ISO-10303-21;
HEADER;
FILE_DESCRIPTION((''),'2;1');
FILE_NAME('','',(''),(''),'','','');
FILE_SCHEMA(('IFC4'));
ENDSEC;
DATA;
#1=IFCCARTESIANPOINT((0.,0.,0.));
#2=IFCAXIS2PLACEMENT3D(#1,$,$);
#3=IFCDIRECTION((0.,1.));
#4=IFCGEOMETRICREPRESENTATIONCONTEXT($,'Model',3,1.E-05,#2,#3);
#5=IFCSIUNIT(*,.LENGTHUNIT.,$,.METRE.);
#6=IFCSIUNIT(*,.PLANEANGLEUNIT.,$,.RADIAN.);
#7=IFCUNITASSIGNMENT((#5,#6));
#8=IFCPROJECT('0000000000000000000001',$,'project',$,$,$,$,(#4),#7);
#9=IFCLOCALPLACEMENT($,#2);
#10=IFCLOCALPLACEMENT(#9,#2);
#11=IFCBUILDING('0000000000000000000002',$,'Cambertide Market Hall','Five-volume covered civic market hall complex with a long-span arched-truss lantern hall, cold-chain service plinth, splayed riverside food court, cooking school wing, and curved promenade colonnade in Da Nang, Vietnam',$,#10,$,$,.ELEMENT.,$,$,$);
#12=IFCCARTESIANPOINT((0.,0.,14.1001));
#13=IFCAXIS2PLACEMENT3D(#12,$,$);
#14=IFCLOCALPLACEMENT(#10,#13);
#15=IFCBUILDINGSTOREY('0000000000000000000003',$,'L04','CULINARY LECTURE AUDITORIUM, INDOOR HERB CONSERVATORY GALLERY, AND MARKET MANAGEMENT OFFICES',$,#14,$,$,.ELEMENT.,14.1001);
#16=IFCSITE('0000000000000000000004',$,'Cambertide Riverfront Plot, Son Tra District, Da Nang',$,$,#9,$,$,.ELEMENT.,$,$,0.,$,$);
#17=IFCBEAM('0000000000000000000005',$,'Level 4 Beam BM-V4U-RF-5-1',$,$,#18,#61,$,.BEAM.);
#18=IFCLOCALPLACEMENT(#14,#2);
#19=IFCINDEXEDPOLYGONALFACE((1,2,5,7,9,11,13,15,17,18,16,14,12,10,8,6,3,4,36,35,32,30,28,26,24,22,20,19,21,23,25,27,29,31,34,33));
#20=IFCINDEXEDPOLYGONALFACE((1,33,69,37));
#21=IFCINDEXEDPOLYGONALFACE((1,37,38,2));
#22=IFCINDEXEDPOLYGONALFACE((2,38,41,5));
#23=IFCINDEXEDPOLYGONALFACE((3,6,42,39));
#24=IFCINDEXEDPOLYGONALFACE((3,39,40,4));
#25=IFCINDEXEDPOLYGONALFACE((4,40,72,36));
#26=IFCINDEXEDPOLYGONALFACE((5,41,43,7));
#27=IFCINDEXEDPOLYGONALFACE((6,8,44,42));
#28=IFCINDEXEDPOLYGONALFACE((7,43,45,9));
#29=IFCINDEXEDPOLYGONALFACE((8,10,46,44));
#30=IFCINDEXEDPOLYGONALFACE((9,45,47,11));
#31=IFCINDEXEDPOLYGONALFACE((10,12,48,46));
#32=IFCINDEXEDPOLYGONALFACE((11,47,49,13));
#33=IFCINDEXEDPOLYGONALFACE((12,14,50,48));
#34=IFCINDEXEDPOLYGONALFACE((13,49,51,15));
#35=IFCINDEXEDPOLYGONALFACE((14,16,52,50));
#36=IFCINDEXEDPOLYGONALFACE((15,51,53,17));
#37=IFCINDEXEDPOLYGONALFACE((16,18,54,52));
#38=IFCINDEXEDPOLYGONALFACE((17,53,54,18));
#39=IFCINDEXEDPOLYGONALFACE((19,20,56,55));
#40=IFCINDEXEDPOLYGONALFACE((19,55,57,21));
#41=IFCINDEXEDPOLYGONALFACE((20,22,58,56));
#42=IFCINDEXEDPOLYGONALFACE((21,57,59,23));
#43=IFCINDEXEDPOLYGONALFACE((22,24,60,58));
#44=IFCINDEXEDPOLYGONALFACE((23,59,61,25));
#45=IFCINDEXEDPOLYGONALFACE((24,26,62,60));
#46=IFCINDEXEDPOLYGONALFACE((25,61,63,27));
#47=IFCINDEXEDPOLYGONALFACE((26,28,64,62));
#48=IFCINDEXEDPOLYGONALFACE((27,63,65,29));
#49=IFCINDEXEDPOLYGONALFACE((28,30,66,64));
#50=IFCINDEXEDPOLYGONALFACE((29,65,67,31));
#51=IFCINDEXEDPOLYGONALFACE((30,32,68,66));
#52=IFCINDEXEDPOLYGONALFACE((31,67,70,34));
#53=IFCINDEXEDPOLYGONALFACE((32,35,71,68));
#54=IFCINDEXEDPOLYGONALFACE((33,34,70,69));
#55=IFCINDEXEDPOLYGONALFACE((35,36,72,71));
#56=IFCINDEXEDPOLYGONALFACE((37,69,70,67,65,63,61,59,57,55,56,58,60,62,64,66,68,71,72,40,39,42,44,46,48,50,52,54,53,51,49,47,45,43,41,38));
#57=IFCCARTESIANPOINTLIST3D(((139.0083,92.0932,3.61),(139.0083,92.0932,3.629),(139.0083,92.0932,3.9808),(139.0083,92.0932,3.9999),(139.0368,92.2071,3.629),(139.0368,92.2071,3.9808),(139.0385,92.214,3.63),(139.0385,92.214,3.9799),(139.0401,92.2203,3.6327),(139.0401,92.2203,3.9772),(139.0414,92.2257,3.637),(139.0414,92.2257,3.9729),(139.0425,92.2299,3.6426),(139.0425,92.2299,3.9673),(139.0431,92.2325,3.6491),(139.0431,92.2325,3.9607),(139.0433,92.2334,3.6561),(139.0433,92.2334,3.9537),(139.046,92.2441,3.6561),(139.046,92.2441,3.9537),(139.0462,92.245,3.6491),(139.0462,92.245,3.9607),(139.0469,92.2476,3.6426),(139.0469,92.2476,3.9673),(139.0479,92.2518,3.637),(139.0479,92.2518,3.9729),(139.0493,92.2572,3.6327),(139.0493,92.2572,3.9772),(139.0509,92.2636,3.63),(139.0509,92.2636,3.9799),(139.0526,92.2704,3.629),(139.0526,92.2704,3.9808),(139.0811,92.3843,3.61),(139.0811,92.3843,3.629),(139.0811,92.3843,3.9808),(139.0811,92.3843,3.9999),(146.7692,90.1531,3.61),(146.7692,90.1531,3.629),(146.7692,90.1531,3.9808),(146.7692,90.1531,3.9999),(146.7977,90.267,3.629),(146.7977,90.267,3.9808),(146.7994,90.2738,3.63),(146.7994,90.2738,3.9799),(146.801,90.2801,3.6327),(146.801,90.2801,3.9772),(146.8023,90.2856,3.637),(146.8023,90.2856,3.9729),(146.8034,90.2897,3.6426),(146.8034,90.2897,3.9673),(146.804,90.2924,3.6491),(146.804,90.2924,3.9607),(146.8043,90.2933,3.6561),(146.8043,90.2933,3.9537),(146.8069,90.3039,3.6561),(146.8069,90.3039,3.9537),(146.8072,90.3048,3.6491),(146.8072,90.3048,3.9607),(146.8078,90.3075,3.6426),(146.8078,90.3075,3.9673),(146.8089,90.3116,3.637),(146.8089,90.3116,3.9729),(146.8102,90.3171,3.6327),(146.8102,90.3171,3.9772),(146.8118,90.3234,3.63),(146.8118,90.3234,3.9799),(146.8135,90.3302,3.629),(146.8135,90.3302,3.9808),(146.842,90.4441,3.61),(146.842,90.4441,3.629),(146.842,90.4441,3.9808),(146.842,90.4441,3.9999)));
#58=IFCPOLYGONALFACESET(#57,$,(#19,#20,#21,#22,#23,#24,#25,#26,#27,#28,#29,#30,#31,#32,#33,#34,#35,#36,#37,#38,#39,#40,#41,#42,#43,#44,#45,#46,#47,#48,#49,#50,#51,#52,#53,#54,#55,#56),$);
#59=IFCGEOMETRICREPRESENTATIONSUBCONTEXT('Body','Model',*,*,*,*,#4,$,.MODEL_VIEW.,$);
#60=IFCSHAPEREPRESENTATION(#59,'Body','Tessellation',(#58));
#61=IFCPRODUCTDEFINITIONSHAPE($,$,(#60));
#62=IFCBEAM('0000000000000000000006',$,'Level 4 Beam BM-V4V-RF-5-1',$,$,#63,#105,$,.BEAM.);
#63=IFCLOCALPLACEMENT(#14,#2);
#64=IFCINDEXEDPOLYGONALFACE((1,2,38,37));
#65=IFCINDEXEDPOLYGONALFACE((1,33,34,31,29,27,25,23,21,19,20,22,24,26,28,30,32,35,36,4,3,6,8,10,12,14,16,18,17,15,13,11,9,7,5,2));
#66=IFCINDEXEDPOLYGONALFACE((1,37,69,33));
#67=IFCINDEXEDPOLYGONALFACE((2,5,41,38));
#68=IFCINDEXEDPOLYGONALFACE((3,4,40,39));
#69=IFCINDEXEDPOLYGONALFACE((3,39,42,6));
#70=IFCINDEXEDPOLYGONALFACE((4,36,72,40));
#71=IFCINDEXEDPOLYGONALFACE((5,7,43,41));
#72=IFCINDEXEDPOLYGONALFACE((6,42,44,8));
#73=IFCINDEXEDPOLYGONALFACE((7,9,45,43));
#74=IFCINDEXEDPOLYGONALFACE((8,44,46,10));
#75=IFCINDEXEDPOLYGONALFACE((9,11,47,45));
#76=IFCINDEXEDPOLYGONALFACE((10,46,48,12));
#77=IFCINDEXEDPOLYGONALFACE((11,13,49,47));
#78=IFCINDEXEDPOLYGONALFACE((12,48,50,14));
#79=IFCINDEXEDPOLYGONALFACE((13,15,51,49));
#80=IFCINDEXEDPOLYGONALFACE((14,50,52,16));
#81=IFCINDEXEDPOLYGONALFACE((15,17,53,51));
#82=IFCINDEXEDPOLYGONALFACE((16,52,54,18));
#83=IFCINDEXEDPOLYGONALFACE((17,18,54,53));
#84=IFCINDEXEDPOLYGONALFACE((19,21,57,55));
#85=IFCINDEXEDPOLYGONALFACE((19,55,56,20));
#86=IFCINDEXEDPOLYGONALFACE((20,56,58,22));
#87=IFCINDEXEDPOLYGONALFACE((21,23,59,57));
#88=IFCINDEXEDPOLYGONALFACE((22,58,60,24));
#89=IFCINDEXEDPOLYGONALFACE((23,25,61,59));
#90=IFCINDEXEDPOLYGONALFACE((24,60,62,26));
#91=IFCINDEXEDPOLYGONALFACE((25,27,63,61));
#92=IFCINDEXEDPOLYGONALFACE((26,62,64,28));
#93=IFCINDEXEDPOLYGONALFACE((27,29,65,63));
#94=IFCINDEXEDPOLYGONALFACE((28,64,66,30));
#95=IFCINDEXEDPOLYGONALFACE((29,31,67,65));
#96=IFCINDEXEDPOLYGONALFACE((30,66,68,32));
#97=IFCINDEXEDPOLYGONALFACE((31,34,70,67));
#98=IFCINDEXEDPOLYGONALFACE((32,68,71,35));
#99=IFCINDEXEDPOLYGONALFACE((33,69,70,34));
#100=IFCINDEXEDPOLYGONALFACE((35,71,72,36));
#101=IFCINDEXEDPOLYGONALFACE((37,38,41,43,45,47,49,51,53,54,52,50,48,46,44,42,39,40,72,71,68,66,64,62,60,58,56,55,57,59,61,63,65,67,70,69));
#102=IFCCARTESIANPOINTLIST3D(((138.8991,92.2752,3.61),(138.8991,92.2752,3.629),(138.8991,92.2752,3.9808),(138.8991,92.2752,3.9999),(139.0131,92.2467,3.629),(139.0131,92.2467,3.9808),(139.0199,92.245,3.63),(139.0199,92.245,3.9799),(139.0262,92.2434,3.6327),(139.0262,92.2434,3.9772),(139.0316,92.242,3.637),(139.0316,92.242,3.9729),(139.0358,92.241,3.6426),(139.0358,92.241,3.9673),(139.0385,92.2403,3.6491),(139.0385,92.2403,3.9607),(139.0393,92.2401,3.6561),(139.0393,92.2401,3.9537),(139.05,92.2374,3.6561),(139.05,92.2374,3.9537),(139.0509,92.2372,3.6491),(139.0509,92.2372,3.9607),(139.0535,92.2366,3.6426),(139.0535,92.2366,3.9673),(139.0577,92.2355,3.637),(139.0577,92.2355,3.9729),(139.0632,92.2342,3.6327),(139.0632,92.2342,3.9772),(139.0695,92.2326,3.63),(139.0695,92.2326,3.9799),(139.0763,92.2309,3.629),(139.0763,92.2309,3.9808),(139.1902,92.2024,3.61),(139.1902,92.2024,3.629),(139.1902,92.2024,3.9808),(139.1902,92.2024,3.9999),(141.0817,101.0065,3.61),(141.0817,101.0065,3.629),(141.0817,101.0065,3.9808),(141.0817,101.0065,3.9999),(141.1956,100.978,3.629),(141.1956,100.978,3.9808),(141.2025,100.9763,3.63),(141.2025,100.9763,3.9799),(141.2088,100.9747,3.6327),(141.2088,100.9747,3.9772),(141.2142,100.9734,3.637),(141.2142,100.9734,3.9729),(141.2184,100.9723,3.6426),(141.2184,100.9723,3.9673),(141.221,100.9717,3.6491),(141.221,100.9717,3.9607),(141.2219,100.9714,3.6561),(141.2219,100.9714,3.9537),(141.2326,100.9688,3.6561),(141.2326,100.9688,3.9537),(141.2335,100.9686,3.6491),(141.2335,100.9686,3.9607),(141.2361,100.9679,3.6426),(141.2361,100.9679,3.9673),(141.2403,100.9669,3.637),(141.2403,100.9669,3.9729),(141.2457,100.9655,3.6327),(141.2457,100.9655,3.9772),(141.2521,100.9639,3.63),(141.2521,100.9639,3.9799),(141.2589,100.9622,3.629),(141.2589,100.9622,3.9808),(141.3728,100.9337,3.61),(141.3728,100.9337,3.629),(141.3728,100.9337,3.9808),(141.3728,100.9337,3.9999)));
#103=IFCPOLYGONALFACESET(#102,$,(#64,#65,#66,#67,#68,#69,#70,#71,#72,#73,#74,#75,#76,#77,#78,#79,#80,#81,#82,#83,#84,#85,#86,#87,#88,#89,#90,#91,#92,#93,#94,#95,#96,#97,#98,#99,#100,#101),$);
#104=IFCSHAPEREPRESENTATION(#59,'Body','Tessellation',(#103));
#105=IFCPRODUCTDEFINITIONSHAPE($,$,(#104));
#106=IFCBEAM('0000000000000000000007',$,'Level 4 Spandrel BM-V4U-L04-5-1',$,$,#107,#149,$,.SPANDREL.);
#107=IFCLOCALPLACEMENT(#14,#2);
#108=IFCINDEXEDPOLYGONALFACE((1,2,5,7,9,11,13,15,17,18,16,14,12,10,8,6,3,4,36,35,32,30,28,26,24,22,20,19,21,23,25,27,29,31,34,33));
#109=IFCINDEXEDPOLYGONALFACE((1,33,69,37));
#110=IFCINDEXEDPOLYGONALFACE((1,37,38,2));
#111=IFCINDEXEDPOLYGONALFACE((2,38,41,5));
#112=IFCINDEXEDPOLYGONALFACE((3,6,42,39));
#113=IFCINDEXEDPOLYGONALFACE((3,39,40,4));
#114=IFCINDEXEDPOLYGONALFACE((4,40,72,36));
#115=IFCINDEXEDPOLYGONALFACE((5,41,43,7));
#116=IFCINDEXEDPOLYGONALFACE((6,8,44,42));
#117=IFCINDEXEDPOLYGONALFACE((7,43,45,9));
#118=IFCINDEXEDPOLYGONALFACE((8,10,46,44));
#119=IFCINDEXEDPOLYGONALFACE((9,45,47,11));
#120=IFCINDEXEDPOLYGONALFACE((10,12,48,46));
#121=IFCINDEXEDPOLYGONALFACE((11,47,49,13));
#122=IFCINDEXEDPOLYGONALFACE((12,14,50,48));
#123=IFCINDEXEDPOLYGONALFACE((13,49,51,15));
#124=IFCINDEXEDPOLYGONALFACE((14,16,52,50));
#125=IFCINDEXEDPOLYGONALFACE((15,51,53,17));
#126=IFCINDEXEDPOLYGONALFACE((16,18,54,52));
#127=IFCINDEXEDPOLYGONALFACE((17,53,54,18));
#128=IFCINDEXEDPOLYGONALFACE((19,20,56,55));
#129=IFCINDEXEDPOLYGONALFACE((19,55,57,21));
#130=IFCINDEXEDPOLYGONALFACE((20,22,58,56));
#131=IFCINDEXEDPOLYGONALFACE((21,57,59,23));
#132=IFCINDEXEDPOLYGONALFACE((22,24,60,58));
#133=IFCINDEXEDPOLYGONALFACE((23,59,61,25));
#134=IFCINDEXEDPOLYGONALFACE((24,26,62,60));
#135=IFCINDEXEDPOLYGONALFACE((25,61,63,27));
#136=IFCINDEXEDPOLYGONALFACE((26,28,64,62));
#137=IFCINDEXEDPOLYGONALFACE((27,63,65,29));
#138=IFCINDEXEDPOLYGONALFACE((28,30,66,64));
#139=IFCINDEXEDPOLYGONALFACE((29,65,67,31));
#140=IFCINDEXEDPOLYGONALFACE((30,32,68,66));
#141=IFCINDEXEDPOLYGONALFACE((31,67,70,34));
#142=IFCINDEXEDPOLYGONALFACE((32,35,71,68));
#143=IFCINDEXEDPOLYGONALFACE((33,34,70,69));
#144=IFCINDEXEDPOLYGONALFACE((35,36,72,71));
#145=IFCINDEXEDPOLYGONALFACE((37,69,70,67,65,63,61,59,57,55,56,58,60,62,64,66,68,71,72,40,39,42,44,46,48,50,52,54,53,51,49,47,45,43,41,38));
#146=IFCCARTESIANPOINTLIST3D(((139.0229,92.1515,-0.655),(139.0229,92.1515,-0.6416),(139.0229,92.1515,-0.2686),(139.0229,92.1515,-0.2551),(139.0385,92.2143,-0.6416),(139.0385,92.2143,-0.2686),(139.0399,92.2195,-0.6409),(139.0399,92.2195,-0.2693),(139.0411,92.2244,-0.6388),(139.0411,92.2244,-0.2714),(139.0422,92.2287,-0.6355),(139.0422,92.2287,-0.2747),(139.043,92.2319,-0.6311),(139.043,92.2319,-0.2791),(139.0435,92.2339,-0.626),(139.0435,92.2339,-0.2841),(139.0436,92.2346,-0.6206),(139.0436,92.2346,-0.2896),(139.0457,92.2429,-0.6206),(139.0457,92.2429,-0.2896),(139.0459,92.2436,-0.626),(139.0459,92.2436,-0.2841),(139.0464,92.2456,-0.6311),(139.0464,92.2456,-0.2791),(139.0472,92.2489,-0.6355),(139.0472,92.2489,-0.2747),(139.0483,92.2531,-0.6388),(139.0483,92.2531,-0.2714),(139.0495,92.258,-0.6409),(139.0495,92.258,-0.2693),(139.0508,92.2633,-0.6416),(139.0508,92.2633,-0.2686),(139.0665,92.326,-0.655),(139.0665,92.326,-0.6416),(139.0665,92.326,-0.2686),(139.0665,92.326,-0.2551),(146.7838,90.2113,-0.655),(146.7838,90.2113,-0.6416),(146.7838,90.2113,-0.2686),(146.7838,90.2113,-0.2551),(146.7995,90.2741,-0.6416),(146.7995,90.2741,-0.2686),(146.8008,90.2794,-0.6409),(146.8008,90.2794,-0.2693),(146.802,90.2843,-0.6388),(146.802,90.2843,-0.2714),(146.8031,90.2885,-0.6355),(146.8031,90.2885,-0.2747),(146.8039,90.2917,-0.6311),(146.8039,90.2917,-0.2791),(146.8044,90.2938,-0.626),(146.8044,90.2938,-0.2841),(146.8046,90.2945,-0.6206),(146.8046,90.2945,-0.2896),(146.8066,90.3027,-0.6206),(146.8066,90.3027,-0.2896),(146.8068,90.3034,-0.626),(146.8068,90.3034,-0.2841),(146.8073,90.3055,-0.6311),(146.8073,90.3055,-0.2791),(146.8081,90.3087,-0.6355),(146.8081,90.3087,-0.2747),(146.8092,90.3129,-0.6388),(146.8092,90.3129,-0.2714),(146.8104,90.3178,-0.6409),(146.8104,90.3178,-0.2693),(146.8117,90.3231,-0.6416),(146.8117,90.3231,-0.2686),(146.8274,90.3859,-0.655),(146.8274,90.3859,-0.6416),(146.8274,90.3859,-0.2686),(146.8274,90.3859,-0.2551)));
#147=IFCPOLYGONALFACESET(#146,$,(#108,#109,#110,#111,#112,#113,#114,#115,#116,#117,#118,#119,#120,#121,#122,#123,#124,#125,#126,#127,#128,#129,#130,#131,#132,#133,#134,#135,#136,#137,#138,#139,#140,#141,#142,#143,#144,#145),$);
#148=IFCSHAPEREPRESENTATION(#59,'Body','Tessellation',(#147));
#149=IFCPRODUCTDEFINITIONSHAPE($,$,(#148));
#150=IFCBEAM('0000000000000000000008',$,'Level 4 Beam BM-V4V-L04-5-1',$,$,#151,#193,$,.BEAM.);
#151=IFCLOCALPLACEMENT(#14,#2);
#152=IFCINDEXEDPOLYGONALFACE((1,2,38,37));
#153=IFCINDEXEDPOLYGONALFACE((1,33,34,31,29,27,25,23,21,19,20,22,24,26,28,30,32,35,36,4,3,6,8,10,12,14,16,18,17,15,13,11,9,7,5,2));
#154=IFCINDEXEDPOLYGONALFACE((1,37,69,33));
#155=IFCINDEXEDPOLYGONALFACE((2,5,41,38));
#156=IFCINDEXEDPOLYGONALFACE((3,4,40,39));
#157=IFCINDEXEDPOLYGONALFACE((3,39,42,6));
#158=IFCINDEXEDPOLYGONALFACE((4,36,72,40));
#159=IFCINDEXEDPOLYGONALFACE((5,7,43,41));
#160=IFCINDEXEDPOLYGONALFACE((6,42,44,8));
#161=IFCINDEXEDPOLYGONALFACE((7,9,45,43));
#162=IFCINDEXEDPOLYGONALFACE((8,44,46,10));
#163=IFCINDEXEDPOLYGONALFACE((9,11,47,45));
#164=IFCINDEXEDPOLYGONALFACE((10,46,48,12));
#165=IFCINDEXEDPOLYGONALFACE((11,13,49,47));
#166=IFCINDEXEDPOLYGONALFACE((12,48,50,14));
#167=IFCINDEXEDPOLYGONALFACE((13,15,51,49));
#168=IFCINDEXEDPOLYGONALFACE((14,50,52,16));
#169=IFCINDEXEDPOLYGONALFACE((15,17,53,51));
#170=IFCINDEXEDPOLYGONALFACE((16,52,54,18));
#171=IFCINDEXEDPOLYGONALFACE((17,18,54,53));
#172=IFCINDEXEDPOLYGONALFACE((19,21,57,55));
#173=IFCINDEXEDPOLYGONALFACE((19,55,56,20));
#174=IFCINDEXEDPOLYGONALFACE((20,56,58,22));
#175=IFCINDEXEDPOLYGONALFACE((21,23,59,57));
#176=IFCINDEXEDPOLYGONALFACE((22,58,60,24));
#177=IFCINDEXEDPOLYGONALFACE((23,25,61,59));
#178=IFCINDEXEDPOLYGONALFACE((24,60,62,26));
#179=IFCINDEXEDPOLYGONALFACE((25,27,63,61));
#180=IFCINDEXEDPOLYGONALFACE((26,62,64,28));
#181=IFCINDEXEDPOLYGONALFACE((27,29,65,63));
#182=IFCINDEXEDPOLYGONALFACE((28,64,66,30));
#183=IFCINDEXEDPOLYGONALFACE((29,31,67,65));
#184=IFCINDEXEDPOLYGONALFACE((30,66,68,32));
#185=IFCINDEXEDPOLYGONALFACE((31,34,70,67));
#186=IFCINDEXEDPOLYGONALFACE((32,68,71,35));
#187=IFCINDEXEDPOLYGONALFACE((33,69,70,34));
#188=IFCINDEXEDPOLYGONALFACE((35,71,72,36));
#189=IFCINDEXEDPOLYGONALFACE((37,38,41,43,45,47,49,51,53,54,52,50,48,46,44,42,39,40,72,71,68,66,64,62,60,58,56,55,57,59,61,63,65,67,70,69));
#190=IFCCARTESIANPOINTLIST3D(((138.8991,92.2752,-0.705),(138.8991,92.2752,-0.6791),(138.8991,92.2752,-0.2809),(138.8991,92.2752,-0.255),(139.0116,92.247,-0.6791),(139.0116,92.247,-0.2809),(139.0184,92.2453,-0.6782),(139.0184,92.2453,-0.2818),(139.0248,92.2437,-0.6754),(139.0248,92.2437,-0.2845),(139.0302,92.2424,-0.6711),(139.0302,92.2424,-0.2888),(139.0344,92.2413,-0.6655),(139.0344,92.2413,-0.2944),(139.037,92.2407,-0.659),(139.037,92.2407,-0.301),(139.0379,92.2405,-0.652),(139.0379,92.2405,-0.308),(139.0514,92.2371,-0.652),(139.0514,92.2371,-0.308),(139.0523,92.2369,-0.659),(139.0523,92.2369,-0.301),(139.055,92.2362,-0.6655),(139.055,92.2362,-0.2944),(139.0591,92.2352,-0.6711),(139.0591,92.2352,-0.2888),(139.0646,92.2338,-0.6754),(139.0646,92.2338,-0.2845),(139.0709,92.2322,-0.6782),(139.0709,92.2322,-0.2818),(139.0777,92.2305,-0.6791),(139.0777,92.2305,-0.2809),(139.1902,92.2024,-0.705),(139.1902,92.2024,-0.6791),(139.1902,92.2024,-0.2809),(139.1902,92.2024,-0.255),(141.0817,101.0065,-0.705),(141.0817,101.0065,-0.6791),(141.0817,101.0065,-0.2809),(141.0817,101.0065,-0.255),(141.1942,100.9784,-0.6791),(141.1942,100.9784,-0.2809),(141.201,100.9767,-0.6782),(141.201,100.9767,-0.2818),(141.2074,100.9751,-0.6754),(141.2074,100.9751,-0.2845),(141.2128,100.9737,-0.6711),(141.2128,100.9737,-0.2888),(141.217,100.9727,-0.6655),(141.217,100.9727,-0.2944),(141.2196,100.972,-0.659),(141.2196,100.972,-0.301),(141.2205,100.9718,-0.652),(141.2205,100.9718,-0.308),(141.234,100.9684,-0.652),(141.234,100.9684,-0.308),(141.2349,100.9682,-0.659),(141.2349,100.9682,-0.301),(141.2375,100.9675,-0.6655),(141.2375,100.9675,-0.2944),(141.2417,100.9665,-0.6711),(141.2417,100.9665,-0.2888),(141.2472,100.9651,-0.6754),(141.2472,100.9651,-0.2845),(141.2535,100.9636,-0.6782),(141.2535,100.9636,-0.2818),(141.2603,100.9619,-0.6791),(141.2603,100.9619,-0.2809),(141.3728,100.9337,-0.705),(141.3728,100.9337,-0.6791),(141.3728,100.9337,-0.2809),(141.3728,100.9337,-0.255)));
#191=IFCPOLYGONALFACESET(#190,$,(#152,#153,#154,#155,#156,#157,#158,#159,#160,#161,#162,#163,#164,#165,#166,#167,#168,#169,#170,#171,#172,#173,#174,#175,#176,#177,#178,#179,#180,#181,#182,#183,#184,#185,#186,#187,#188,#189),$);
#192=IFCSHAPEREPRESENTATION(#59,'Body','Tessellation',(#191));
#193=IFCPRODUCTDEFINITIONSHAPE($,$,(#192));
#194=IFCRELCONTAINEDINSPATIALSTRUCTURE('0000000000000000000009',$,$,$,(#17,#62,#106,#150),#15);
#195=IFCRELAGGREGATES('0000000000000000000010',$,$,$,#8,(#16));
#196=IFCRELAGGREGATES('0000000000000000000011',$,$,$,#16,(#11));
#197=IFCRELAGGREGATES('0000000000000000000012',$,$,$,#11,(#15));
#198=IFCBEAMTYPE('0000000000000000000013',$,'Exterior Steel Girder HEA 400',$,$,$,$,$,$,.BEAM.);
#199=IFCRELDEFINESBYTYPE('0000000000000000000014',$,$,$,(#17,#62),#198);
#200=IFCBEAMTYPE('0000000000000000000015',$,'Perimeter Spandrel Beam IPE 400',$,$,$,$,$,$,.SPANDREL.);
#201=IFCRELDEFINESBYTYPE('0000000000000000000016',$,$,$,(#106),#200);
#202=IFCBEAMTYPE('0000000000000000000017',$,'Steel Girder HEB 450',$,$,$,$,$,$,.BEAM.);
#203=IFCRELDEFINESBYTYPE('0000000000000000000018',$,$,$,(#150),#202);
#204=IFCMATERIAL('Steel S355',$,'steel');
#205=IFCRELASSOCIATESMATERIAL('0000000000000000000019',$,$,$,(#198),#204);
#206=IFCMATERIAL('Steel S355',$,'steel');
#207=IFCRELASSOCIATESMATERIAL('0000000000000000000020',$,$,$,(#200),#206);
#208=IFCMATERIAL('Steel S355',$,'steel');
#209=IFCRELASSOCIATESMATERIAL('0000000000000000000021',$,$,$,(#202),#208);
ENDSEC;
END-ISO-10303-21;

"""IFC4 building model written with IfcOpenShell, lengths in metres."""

from ifc_helpers import new_model, si_unit, direction, frame, origin, origin_2d, place, context, subcontext, project, spatial, i_section, extrude, material, material_profile, profile_set, type_object, element, save


model = new_model("IFC4")

# Units and contexts
model_context = context("Model", 3, precision=1e-05, world=origin(), true_north=direction((0.0, 1.0)))
body_context = subcontext(model_context, "Body", "Model", "MODEL_VIEW")
ifc_project = project(units=[si_unit("LENGTHUNIT", "METRE"), si_unit("PLANEANGLEUNIT", "RADIAN")], contexts=[model_context])

# Site, building, storey
site_placement = place(None, origin())
site = spatial("IfcSite", under=ifc_project, at=site_placement, Name="Cambertide Riverfront Plot, Son Tra District, Da Nang", CompositionType="ELEMENT", RefElevation=0.0)
building_placement = place(site_placement, origin())
building = spatial("IfcBuilding", under=site, at=building_placement, Name="Cambertide Market Hall", Description="Five-volume covered civic market hall complex with a long-span arched-truss lantern hall, cold-chain service plinth, splayed riverside food court, cooking school wing, and curved promenade colonnade in Da Nang, Vietnam", CompositionType="ELEMENT")
storey_placement = place(building_placement, frame((0.0, 0.0, 14.1001)))
storey = spatial("IfcBuildingStorey", under=building, at=storey_placement, Name="L04", Description="CULINARY LECTURE AUDITORIUM, INDOOR HERB CONSERVATORY GALLERY, AND MARKET MANAGEMENT OFFICES", CompositionType="ELEMENT", Elevation=14.1001)

# Beams
ifc_material_1 = material(Name="Steel S355", Category="steel")
ifc_material_profile_1 = material_profile(ifc_material_1, i_section(OverallWidth=0.3, OverallDepth=0.3899, WebThickness=0.011, FlangeThickness=0.019, FilletRadius=0.0271, at=origin_2d()), Name="HEA 400")
ifc_profile_set_1 = profile_set([ifc_material_profile_1], Name="Steel S355")
beam_type_1 = type_object("IfcBeamType", Name="Exterior Steel Girder HEA 400", PredefinedType="BEAM", material=ifc_profile_set_1)
beam_1_placement = place(storey_placement, frame((139.0447, 92.2388, 3.8049), z_axis=(0.970144, -0.242528, 0.0), x_axis=(0.242528, 0.970144, 0.0)))
element("IfcBeam", 1, at=beam_1_placement, inside=storey, type_object=beam_type_1, Name="Level 4 Beam BM-V4U-RF-5-1", PredefinedType="BEAM", context=body_context, shape_type="SweptSolid", body=[
    extrude(i_section(OverallWidth=0.3, OverallDepth=0.3899, WebThickness=0.011, FlangeThickness=0.019, FilletRadius=0.0271, at=origin_2d()), origin(), (0.0, 0.0, 1.0), 7.9998),
])
beam_2_placement = place(storey_placement, frame((139.0447, 92.2388, 3.8049), z_axis=(0.24251, 0.970149, 0.0), x_axis=(-0.970149, 0.24251, 0.0)))
element("IfcBeam", 2, at=beam_2_placement, inside=storey, type_object=beam_type_1, Name="Level 4 Beam BM-V4V-RF-5-1", PredefinedType="BEAM", context=body_context, shape_type="SweptSolid", body=[
    extrude(i_section(OverallWidth=0.3, OverallDepth=0.3899, WebThickness=0.011, FlangeThickness=0.019, FilletRadius=0.0271, at=origin_2d()), origin(), (0.0, 0.0, 1.0), 9.0),
])
ifc_material_2 = material(Name="Steel S355", Category="steel")
ifc_material_profile_2 = material_profile(ifc_material_2, i_section(OverallWidth=0.1799, OverallDepth=0.3999, WebThickness=0.0085, FlangeThickness=0.0134, FilletRadius=0.021, at=origin_2d()), Name="IPE 400")
ifc_profile_set_2 = profile_set([ifc_material_profile_2], Name="Steel S355")
beam_type_2 = type_object("IfcBeamType", Name="Perimeter Spandrel Beam IPE 400", PredefinedType="SPANDREL", material=ifc_profile_set_2)
beam_3_placement = place(storey_placement, frame((139.0447, 92.2388, -0.4551), z_axis=(0.970144, -0.242528, 0.0), x_axis=(0.242528, 0.970144, 0.0)))
element("IfcBeam", 3, at=beam_3_placement, inside=storey, type_object=beam_type_2, Name="Level 4 Spandrel BM-V4U-L04-5-1", PredefinedType="SPANDREL", context=body_context, shape_type="SweptSolid", body=[
    extrude(i_section(OverallWidth=0.1799, OverallDepth=0.3999, WebThickness=0.0085, FlangeThickness=0.0134, FilletRadius=0.021, at=origin_2d()), origin(), (0.0, 0.0, 1.0), 7.9998),
])
ifc_material_3 = material(Name="Steel S355", Category="steel")
ifc_material_profile_3 = material_profile(ifc_material_3, i_section(OverallWidth=0.3, OverallDepth=0.45, WebThickness=0.0139, FlangeThickness=0.0259, FilletRadius=0.0271, at=origin_2d()), Name="HEB 450")
ifc_profile_set_3 = profile_set([ifc_material_profile_3], Name="Steel S355")
beam_type_3 = type_object("IfcBeamType", Name="Steel Girder HEB 450", PredefinedType="BEAM", material=ifc_profile_set_3)
beam_4_placement = place(storey_placement, frame((139.0447, 92.2388, -0.48), z_axis=(0.24251, 0.970149, 0.0), x_axis=(-0.970149, 0.24251, 0.0)))
element("IfcBeam", 4, at=beam_4_placement, inside=storey, type_object=beam_type_3, Name="Level 4 Beam BM-V4V-L04-5-1", PredefinedType="BEAM", context=body_context, shape_type="SweptSolid", body=[
    extrude(i_section(OverallWidth=0.3, OverallDepth=0.45, WebThickness=0.0139, FlangeThickness=0.0259, FilletRadius=0.0271, at=origin_2d()), origin(), (0.0, 0.0, 1.0), 9.0),
])

save(model, "model.ifc")
